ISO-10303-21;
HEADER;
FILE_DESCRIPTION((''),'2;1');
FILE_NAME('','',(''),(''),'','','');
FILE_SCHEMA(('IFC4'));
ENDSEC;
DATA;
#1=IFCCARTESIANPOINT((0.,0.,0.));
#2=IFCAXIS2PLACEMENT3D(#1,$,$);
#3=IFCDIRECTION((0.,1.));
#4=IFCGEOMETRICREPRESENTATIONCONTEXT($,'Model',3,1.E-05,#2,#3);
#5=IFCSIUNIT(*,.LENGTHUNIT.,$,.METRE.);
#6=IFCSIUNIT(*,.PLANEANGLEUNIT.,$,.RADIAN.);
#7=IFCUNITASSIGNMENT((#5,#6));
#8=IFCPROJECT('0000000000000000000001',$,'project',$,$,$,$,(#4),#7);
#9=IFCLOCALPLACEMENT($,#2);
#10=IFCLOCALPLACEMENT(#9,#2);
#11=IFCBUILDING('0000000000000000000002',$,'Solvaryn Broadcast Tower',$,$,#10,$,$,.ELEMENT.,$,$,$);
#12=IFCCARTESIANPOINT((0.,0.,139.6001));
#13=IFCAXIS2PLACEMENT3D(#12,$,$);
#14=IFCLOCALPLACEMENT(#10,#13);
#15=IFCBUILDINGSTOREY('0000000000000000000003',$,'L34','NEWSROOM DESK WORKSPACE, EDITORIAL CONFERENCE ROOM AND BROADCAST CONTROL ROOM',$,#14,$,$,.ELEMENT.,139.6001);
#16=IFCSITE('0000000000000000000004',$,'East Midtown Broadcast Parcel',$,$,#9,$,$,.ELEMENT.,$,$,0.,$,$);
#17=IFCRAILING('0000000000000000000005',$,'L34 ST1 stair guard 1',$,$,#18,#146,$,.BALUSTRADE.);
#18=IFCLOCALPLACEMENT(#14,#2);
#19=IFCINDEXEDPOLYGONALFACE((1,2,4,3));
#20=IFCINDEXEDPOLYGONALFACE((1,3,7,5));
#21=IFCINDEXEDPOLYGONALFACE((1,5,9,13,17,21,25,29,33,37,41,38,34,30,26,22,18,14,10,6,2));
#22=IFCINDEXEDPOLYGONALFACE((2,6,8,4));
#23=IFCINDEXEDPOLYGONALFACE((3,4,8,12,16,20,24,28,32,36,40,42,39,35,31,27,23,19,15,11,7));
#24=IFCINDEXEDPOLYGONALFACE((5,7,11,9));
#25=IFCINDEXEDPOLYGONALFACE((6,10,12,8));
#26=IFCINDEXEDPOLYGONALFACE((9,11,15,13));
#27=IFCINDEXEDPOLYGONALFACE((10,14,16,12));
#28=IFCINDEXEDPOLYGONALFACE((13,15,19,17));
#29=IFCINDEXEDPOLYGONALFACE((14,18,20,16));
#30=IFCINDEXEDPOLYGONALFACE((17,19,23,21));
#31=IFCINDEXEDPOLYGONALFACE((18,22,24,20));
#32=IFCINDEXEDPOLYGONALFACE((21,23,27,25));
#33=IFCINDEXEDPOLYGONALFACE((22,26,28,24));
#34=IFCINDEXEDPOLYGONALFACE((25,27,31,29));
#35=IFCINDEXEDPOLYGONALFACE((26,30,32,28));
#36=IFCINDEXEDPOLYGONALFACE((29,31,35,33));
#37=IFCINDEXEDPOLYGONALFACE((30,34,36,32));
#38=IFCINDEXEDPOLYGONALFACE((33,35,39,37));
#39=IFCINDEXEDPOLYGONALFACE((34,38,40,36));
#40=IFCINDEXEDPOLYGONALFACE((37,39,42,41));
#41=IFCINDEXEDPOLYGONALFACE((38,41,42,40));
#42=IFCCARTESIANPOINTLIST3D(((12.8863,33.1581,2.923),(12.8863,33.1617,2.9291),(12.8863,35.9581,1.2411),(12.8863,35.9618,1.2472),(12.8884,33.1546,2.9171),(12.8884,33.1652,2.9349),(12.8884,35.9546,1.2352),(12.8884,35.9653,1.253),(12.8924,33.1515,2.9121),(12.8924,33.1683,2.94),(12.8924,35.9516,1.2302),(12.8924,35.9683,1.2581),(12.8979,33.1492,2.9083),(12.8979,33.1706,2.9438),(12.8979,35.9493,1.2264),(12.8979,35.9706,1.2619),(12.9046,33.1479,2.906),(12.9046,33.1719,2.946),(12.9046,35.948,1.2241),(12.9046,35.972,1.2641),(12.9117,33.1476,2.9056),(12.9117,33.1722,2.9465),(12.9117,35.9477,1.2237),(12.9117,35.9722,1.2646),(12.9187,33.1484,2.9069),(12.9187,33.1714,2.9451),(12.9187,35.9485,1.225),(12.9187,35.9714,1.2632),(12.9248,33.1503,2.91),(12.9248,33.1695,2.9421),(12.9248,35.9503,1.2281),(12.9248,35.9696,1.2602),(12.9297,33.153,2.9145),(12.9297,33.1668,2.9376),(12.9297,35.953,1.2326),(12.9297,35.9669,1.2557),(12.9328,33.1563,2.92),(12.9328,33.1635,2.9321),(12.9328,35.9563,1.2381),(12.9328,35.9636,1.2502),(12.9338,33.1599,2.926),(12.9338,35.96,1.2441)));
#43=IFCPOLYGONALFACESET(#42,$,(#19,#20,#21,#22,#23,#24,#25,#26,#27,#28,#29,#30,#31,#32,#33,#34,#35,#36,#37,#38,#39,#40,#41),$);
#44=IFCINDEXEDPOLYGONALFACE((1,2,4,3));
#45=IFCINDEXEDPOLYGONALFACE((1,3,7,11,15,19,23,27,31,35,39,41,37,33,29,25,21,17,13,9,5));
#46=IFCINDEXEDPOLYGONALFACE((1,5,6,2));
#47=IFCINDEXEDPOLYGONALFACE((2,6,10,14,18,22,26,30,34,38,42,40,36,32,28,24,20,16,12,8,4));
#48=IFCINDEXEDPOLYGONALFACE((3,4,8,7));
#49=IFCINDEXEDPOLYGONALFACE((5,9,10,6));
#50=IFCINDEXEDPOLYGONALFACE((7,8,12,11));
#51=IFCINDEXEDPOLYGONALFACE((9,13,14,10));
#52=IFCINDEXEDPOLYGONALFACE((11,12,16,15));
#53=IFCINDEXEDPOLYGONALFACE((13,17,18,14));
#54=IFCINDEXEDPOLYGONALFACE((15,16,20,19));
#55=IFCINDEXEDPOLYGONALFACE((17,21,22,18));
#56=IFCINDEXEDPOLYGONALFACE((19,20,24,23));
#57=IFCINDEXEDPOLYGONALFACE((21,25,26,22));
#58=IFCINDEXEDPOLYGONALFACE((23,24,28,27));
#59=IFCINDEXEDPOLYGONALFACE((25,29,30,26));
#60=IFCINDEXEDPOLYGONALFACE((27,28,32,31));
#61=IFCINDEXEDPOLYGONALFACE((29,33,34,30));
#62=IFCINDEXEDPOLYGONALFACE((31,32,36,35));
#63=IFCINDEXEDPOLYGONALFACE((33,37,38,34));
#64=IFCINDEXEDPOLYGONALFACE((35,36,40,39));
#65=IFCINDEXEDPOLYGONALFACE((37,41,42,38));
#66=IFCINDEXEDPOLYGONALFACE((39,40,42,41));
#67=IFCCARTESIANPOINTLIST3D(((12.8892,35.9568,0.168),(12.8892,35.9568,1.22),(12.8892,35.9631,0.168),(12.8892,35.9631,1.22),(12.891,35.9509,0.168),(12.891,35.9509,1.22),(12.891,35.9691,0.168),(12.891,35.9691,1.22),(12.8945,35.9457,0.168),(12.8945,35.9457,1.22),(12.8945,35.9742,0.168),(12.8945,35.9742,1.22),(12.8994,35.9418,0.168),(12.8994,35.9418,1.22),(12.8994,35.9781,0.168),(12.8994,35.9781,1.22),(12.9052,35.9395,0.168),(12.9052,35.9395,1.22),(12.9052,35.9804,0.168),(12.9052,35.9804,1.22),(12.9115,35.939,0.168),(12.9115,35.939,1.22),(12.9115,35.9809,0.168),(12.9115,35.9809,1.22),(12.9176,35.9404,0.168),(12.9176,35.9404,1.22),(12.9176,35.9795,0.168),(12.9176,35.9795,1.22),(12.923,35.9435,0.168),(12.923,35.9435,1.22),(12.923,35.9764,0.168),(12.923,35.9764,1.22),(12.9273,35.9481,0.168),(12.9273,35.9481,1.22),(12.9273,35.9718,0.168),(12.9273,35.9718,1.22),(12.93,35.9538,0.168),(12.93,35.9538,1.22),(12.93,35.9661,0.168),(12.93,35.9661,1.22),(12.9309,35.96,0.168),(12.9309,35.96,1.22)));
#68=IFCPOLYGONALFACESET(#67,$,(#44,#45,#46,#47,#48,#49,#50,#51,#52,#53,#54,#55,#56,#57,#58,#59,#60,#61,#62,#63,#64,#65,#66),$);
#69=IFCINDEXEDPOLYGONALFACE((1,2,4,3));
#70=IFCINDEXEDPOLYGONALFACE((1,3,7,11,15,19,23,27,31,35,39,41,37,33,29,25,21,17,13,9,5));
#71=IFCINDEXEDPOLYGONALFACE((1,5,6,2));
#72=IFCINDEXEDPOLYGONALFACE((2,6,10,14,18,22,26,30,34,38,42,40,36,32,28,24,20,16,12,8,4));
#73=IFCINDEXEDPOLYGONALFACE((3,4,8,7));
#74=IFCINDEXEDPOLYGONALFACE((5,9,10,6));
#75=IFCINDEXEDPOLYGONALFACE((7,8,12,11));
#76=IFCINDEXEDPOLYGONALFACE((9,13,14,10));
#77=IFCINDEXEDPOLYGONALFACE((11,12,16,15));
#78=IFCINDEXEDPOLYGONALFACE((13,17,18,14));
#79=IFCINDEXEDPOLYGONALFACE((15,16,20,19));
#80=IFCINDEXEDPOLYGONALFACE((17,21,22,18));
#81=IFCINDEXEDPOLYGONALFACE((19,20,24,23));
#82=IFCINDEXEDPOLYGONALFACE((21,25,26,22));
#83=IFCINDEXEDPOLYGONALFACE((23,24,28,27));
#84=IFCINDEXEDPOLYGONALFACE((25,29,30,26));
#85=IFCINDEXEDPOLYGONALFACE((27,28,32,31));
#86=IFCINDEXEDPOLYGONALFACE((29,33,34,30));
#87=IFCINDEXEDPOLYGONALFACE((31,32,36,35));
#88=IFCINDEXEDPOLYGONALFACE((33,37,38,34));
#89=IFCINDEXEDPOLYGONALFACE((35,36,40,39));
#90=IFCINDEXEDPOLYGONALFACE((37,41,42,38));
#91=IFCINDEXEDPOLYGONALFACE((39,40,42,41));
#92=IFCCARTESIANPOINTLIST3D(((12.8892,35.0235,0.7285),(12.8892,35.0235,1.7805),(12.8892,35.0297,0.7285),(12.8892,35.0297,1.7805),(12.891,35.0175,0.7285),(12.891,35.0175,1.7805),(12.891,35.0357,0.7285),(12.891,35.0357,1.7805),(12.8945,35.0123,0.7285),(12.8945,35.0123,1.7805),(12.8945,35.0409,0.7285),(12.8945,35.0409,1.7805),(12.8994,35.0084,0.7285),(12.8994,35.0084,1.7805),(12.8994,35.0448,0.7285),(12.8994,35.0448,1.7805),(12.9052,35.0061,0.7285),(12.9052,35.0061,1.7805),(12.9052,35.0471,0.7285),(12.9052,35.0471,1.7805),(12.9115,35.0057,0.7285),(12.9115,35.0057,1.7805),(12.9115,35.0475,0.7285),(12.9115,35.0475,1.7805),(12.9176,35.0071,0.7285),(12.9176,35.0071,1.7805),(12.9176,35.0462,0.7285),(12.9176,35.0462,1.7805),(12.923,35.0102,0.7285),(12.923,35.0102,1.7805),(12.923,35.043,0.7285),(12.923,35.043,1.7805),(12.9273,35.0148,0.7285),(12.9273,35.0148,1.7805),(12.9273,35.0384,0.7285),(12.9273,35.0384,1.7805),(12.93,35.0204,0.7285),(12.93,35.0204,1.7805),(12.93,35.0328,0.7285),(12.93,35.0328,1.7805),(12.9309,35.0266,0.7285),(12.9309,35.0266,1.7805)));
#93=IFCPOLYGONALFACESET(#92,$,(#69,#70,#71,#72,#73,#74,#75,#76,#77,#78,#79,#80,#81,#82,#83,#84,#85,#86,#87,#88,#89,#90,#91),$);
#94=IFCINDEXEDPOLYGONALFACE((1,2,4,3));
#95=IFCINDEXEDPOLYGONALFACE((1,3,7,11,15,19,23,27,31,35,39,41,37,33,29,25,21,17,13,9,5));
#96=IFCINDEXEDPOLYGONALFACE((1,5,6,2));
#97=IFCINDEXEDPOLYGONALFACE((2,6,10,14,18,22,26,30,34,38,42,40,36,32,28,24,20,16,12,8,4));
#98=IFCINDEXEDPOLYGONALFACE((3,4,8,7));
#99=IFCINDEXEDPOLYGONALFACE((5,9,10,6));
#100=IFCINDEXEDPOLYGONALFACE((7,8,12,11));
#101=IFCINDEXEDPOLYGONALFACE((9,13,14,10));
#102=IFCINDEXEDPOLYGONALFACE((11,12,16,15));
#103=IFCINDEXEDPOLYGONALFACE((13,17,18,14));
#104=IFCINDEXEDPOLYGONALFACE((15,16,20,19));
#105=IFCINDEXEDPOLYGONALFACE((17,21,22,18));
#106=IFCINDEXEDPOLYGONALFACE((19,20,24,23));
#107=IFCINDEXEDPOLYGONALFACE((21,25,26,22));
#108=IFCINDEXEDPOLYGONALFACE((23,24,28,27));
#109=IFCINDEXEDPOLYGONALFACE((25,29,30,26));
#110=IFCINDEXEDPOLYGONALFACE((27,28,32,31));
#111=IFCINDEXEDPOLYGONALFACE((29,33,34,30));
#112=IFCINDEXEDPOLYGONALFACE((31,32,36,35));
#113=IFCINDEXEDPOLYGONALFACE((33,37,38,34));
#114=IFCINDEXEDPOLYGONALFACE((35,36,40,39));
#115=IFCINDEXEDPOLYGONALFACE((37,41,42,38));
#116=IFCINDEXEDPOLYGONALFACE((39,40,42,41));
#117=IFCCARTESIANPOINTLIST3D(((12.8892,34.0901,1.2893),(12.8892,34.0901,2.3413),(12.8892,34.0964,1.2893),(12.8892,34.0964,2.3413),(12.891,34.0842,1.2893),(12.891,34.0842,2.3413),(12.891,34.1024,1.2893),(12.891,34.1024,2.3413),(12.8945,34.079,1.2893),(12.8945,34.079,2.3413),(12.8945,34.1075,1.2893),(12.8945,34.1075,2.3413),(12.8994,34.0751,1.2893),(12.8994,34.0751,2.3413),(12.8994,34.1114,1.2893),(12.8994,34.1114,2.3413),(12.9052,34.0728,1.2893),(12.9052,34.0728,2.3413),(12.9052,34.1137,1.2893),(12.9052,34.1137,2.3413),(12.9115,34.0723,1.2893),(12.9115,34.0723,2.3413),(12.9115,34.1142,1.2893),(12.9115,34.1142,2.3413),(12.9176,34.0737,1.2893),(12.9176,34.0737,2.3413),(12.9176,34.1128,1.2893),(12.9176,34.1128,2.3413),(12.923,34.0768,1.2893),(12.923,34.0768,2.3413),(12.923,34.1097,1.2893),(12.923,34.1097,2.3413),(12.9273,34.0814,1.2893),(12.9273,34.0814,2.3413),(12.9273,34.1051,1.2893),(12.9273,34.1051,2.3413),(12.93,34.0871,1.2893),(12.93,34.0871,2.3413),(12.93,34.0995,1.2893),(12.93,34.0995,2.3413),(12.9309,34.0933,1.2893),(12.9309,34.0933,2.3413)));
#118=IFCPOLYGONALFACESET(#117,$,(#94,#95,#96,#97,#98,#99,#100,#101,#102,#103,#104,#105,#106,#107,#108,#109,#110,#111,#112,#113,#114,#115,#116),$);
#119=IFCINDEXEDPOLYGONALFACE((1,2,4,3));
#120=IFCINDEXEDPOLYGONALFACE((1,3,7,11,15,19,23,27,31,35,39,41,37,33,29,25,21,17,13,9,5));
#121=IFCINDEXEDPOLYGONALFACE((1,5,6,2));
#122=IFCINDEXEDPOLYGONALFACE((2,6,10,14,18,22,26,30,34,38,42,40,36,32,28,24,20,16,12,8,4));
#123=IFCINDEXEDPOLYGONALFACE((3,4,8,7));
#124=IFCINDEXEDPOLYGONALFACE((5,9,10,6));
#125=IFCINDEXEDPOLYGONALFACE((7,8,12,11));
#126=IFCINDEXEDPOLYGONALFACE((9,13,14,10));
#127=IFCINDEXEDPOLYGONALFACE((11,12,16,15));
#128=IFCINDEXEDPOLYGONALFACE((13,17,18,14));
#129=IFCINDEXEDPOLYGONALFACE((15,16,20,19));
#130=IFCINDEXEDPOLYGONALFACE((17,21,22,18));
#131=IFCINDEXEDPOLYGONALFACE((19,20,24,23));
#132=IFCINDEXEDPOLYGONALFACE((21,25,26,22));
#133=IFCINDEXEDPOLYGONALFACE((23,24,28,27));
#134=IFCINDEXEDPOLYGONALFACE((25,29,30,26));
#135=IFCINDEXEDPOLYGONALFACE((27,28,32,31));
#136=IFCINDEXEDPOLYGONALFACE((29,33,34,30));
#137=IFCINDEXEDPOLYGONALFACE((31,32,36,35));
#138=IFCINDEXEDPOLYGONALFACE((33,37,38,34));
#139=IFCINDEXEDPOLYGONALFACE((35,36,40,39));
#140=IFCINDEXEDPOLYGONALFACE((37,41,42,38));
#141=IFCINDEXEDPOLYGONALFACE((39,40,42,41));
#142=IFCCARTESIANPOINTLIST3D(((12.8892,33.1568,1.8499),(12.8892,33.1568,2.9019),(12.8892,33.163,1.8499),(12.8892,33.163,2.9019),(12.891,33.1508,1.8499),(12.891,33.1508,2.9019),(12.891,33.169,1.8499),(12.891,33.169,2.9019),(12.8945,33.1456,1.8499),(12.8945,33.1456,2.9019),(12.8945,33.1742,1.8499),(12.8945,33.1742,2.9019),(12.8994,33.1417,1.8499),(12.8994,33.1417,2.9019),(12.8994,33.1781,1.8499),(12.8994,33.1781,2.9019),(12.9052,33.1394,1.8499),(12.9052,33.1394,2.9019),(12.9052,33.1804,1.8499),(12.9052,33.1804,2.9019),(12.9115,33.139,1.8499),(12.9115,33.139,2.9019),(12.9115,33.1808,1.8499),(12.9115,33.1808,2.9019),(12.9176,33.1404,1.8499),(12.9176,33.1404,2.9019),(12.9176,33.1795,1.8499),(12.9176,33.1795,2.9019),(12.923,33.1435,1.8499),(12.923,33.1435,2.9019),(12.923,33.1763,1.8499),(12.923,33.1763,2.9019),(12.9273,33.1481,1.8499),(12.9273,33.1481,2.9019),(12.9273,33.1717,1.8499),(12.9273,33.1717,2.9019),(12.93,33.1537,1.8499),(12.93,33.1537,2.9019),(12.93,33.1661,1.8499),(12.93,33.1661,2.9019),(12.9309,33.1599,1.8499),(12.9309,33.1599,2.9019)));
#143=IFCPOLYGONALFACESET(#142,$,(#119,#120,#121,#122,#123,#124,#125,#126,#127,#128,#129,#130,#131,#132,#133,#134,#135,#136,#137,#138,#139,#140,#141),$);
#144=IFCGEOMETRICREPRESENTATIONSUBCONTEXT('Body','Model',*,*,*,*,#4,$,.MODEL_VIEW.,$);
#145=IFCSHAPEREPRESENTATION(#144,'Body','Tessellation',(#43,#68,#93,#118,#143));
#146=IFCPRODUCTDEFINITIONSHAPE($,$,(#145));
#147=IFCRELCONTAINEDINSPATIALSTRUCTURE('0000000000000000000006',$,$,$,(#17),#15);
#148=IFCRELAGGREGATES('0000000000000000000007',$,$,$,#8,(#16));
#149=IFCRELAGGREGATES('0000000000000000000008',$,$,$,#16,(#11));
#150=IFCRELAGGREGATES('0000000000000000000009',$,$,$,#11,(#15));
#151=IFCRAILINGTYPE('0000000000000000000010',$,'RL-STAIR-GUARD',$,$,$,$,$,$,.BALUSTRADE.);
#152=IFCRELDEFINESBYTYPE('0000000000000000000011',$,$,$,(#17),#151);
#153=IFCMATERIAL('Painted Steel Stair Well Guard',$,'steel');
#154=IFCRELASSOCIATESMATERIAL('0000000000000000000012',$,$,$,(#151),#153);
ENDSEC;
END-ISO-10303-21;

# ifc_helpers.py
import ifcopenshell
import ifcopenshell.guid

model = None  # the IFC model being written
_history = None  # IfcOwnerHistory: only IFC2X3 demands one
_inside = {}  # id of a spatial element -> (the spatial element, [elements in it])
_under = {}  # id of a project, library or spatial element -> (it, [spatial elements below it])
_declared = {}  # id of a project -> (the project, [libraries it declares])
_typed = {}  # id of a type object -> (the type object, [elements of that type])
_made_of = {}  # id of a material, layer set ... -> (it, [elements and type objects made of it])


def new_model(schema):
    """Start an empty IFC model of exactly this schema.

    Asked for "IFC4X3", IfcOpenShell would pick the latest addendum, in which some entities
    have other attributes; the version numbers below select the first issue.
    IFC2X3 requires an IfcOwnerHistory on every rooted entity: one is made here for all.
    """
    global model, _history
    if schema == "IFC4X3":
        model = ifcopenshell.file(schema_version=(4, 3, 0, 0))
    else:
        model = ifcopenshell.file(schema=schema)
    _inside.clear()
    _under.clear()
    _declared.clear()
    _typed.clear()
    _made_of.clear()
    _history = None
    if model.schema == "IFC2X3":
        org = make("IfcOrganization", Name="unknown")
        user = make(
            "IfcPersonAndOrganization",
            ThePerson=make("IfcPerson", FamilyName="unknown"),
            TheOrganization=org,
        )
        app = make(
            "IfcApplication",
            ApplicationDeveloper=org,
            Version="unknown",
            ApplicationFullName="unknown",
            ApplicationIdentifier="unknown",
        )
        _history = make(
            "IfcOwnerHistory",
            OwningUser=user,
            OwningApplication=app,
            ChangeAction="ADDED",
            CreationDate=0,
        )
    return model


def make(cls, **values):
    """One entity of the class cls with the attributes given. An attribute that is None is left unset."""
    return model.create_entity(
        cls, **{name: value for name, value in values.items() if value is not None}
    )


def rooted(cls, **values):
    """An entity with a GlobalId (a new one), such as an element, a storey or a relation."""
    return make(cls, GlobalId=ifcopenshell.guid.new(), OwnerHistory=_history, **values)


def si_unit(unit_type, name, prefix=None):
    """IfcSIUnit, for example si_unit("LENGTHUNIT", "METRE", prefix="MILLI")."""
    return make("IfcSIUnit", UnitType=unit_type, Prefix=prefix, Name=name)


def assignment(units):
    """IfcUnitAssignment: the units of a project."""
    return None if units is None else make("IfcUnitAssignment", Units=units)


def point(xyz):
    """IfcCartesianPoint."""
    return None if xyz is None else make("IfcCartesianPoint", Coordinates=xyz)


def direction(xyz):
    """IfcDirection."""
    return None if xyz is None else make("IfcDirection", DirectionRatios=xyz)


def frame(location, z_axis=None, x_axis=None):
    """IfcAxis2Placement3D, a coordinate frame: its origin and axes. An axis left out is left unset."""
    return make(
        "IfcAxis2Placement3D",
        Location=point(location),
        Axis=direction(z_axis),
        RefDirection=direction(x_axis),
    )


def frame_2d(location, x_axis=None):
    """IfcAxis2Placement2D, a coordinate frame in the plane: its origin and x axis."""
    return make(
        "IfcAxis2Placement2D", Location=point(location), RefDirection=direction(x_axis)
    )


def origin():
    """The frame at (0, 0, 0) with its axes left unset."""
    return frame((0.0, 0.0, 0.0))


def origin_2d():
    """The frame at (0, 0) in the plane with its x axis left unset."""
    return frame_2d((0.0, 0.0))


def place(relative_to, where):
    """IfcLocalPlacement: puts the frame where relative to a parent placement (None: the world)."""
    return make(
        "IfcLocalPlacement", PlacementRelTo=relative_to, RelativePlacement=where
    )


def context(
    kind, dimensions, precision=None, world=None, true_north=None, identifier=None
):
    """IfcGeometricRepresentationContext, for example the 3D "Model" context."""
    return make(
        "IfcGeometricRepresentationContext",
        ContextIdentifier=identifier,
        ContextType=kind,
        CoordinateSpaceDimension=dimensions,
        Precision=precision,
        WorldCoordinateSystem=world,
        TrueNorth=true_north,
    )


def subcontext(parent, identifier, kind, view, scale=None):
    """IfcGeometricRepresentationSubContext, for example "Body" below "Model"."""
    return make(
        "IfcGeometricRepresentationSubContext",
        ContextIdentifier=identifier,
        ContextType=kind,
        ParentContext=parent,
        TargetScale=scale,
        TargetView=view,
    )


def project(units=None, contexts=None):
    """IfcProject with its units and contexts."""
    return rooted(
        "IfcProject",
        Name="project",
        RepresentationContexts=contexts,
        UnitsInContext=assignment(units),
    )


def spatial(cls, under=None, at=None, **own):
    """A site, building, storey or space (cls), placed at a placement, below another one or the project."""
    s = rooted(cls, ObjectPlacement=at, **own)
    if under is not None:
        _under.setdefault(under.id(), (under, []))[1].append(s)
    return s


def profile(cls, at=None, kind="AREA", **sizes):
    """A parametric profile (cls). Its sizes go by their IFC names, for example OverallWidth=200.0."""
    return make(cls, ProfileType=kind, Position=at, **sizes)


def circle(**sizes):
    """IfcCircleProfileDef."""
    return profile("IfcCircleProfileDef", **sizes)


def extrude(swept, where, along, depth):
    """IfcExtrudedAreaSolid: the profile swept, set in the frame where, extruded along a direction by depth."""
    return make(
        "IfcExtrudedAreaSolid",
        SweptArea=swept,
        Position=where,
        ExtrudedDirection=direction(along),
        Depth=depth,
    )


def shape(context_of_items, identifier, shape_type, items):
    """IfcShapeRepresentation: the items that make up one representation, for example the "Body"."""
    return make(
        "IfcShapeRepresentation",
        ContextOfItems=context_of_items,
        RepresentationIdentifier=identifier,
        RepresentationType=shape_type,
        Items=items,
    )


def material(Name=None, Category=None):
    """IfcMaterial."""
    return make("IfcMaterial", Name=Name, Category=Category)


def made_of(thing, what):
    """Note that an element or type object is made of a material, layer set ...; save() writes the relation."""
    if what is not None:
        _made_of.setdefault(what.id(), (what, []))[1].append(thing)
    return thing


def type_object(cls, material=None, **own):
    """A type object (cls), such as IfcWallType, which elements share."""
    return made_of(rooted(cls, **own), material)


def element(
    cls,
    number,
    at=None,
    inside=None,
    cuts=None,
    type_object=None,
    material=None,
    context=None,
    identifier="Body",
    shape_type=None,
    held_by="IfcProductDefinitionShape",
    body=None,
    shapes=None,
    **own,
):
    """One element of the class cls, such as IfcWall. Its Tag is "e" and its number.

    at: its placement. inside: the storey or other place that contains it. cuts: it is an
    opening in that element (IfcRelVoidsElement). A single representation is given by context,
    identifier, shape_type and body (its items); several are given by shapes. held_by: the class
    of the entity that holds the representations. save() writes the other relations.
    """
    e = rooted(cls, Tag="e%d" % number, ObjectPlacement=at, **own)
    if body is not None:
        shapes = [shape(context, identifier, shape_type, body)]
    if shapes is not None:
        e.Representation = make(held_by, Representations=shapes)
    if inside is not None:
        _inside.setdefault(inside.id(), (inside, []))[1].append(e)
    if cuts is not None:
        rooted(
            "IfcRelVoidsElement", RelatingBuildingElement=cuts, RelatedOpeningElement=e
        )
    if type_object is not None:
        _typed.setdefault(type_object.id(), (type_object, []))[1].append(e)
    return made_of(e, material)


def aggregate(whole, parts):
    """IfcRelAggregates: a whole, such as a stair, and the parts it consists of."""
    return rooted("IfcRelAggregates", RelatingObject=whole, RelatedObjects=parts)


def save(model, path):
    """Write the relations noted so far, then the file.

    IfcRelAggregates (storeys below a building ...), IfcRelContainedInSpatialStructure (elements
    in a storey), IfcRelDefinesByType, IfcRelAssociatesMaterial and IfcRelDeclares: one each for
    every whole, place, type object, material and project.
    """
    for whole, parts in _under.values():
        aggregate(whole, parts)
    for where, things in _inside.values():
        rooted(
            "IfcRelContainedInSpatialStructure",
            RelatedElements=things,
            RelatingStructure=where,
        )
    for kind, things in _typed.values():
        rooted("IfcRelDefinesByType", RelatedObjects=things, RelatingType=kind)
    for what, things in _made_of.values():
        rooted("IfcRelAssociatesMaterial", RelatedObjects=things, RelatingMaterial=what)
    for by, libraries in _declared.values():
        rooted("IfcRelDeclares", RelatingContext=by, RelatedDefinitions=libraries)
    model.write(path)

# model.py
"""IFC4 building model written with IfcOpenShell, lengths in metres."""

from ifc_helpers import new_model, si_unit, direction, frame, origin, origin_2d, place, context, subcontext, project, spatial, circle, extrude, material, type_object, element, save


model = new_model("IFC4")

# Units and contexts
model_context = context("Model", 3, precision=1e-05, world=origin(), true_north=direction((0.0, 1.0)))
body_context = subcontext(model_context, "Body", "Model", "MODEL_VIEW")
ifc_project = project(units=[si_unit("LENGTHUNIT", "METRE"), si_unit("PLANEANGLEUNIT", "RADIAN")], contexts=[model_context])

# Site, building, storey
site_placement = place(None, origin())
site = spatial("IfcSite", under=ifc_project, at=site_placement, Name="East Midtown Broadcast Parcel", CompositionType="ELEMENT", RefElevation=0.0)
building_placement = place(site_placement, origin())
building = spatial("IfcBuilding", under=site, at=building_placement, Name="Solvaryn Broadcast Tower", CompositionType="ELEMENT")
storey_placement = place(building_placement, frame((0.0, 0.0, 139.6001)))
storey = spatial("IfcBuildingStorey", under=building, at=storey_placement, Name="L34", Description="NEWSROOM DESK WORKSPACE, EDITORIAL CONFERENCE ROOM AND BROADCAST CONTROL ROOM", CompositionType="ELEMENT", Elevation=139.6001)

# Railing
ifc_material_1 = material(Name="Painted Steel Stair Well Guard", Category="steel")
railing_type_1 = type_object("IfcRailingType", Name="RL-STAIR-GUARD", PredefinedType="BALUSTRADE", material=ifc_material_1)
railing_1_placement = place(storey_placement, frame((12.9099, 35.96, 0.168)))
element("IfcRailing", 1, at=railing_1_placement, inside=storey, type_object=railing_type_1, Name="L34 ST1 stair guard 1", PredefinedType="BALUSTRADE", context=body_context, shape_type="SweptSolid", body=[
    extrude(circle(Radius=0.0239, at=origin_2d()), frame((0.0, 0.0, 1.0762), z_axis=(0.0, -0.857242, 0.514913), x_axis=(1.0, 0.0, 0.0)), (0.0, 0.0, 1.0), 3.2664),
    extrude(circle(Radius=0.021, at=origin_2d()), origin(), (0.0, 0.0, 1.0), 1.052),
    extrude(circle(Radius=0.021, at=origin_2d()), frame((0.0, -0.9333, 0.5605)), (0.0, 0.0, 1.0), 1.052),
    extrude(circle(Radius=0.021, at=origin_2d()), frame((0.0, -1.8667, 1.1213)), (0.0, 0.0, 1.0), 1.052),
    extrude(circle(Radius=0.021, at=origin_2d()), frame((0.0, -2.8, 1.6819)), (0.0, 0.0, 1.0), 1.052),
])

save(model, "model.ifc")
